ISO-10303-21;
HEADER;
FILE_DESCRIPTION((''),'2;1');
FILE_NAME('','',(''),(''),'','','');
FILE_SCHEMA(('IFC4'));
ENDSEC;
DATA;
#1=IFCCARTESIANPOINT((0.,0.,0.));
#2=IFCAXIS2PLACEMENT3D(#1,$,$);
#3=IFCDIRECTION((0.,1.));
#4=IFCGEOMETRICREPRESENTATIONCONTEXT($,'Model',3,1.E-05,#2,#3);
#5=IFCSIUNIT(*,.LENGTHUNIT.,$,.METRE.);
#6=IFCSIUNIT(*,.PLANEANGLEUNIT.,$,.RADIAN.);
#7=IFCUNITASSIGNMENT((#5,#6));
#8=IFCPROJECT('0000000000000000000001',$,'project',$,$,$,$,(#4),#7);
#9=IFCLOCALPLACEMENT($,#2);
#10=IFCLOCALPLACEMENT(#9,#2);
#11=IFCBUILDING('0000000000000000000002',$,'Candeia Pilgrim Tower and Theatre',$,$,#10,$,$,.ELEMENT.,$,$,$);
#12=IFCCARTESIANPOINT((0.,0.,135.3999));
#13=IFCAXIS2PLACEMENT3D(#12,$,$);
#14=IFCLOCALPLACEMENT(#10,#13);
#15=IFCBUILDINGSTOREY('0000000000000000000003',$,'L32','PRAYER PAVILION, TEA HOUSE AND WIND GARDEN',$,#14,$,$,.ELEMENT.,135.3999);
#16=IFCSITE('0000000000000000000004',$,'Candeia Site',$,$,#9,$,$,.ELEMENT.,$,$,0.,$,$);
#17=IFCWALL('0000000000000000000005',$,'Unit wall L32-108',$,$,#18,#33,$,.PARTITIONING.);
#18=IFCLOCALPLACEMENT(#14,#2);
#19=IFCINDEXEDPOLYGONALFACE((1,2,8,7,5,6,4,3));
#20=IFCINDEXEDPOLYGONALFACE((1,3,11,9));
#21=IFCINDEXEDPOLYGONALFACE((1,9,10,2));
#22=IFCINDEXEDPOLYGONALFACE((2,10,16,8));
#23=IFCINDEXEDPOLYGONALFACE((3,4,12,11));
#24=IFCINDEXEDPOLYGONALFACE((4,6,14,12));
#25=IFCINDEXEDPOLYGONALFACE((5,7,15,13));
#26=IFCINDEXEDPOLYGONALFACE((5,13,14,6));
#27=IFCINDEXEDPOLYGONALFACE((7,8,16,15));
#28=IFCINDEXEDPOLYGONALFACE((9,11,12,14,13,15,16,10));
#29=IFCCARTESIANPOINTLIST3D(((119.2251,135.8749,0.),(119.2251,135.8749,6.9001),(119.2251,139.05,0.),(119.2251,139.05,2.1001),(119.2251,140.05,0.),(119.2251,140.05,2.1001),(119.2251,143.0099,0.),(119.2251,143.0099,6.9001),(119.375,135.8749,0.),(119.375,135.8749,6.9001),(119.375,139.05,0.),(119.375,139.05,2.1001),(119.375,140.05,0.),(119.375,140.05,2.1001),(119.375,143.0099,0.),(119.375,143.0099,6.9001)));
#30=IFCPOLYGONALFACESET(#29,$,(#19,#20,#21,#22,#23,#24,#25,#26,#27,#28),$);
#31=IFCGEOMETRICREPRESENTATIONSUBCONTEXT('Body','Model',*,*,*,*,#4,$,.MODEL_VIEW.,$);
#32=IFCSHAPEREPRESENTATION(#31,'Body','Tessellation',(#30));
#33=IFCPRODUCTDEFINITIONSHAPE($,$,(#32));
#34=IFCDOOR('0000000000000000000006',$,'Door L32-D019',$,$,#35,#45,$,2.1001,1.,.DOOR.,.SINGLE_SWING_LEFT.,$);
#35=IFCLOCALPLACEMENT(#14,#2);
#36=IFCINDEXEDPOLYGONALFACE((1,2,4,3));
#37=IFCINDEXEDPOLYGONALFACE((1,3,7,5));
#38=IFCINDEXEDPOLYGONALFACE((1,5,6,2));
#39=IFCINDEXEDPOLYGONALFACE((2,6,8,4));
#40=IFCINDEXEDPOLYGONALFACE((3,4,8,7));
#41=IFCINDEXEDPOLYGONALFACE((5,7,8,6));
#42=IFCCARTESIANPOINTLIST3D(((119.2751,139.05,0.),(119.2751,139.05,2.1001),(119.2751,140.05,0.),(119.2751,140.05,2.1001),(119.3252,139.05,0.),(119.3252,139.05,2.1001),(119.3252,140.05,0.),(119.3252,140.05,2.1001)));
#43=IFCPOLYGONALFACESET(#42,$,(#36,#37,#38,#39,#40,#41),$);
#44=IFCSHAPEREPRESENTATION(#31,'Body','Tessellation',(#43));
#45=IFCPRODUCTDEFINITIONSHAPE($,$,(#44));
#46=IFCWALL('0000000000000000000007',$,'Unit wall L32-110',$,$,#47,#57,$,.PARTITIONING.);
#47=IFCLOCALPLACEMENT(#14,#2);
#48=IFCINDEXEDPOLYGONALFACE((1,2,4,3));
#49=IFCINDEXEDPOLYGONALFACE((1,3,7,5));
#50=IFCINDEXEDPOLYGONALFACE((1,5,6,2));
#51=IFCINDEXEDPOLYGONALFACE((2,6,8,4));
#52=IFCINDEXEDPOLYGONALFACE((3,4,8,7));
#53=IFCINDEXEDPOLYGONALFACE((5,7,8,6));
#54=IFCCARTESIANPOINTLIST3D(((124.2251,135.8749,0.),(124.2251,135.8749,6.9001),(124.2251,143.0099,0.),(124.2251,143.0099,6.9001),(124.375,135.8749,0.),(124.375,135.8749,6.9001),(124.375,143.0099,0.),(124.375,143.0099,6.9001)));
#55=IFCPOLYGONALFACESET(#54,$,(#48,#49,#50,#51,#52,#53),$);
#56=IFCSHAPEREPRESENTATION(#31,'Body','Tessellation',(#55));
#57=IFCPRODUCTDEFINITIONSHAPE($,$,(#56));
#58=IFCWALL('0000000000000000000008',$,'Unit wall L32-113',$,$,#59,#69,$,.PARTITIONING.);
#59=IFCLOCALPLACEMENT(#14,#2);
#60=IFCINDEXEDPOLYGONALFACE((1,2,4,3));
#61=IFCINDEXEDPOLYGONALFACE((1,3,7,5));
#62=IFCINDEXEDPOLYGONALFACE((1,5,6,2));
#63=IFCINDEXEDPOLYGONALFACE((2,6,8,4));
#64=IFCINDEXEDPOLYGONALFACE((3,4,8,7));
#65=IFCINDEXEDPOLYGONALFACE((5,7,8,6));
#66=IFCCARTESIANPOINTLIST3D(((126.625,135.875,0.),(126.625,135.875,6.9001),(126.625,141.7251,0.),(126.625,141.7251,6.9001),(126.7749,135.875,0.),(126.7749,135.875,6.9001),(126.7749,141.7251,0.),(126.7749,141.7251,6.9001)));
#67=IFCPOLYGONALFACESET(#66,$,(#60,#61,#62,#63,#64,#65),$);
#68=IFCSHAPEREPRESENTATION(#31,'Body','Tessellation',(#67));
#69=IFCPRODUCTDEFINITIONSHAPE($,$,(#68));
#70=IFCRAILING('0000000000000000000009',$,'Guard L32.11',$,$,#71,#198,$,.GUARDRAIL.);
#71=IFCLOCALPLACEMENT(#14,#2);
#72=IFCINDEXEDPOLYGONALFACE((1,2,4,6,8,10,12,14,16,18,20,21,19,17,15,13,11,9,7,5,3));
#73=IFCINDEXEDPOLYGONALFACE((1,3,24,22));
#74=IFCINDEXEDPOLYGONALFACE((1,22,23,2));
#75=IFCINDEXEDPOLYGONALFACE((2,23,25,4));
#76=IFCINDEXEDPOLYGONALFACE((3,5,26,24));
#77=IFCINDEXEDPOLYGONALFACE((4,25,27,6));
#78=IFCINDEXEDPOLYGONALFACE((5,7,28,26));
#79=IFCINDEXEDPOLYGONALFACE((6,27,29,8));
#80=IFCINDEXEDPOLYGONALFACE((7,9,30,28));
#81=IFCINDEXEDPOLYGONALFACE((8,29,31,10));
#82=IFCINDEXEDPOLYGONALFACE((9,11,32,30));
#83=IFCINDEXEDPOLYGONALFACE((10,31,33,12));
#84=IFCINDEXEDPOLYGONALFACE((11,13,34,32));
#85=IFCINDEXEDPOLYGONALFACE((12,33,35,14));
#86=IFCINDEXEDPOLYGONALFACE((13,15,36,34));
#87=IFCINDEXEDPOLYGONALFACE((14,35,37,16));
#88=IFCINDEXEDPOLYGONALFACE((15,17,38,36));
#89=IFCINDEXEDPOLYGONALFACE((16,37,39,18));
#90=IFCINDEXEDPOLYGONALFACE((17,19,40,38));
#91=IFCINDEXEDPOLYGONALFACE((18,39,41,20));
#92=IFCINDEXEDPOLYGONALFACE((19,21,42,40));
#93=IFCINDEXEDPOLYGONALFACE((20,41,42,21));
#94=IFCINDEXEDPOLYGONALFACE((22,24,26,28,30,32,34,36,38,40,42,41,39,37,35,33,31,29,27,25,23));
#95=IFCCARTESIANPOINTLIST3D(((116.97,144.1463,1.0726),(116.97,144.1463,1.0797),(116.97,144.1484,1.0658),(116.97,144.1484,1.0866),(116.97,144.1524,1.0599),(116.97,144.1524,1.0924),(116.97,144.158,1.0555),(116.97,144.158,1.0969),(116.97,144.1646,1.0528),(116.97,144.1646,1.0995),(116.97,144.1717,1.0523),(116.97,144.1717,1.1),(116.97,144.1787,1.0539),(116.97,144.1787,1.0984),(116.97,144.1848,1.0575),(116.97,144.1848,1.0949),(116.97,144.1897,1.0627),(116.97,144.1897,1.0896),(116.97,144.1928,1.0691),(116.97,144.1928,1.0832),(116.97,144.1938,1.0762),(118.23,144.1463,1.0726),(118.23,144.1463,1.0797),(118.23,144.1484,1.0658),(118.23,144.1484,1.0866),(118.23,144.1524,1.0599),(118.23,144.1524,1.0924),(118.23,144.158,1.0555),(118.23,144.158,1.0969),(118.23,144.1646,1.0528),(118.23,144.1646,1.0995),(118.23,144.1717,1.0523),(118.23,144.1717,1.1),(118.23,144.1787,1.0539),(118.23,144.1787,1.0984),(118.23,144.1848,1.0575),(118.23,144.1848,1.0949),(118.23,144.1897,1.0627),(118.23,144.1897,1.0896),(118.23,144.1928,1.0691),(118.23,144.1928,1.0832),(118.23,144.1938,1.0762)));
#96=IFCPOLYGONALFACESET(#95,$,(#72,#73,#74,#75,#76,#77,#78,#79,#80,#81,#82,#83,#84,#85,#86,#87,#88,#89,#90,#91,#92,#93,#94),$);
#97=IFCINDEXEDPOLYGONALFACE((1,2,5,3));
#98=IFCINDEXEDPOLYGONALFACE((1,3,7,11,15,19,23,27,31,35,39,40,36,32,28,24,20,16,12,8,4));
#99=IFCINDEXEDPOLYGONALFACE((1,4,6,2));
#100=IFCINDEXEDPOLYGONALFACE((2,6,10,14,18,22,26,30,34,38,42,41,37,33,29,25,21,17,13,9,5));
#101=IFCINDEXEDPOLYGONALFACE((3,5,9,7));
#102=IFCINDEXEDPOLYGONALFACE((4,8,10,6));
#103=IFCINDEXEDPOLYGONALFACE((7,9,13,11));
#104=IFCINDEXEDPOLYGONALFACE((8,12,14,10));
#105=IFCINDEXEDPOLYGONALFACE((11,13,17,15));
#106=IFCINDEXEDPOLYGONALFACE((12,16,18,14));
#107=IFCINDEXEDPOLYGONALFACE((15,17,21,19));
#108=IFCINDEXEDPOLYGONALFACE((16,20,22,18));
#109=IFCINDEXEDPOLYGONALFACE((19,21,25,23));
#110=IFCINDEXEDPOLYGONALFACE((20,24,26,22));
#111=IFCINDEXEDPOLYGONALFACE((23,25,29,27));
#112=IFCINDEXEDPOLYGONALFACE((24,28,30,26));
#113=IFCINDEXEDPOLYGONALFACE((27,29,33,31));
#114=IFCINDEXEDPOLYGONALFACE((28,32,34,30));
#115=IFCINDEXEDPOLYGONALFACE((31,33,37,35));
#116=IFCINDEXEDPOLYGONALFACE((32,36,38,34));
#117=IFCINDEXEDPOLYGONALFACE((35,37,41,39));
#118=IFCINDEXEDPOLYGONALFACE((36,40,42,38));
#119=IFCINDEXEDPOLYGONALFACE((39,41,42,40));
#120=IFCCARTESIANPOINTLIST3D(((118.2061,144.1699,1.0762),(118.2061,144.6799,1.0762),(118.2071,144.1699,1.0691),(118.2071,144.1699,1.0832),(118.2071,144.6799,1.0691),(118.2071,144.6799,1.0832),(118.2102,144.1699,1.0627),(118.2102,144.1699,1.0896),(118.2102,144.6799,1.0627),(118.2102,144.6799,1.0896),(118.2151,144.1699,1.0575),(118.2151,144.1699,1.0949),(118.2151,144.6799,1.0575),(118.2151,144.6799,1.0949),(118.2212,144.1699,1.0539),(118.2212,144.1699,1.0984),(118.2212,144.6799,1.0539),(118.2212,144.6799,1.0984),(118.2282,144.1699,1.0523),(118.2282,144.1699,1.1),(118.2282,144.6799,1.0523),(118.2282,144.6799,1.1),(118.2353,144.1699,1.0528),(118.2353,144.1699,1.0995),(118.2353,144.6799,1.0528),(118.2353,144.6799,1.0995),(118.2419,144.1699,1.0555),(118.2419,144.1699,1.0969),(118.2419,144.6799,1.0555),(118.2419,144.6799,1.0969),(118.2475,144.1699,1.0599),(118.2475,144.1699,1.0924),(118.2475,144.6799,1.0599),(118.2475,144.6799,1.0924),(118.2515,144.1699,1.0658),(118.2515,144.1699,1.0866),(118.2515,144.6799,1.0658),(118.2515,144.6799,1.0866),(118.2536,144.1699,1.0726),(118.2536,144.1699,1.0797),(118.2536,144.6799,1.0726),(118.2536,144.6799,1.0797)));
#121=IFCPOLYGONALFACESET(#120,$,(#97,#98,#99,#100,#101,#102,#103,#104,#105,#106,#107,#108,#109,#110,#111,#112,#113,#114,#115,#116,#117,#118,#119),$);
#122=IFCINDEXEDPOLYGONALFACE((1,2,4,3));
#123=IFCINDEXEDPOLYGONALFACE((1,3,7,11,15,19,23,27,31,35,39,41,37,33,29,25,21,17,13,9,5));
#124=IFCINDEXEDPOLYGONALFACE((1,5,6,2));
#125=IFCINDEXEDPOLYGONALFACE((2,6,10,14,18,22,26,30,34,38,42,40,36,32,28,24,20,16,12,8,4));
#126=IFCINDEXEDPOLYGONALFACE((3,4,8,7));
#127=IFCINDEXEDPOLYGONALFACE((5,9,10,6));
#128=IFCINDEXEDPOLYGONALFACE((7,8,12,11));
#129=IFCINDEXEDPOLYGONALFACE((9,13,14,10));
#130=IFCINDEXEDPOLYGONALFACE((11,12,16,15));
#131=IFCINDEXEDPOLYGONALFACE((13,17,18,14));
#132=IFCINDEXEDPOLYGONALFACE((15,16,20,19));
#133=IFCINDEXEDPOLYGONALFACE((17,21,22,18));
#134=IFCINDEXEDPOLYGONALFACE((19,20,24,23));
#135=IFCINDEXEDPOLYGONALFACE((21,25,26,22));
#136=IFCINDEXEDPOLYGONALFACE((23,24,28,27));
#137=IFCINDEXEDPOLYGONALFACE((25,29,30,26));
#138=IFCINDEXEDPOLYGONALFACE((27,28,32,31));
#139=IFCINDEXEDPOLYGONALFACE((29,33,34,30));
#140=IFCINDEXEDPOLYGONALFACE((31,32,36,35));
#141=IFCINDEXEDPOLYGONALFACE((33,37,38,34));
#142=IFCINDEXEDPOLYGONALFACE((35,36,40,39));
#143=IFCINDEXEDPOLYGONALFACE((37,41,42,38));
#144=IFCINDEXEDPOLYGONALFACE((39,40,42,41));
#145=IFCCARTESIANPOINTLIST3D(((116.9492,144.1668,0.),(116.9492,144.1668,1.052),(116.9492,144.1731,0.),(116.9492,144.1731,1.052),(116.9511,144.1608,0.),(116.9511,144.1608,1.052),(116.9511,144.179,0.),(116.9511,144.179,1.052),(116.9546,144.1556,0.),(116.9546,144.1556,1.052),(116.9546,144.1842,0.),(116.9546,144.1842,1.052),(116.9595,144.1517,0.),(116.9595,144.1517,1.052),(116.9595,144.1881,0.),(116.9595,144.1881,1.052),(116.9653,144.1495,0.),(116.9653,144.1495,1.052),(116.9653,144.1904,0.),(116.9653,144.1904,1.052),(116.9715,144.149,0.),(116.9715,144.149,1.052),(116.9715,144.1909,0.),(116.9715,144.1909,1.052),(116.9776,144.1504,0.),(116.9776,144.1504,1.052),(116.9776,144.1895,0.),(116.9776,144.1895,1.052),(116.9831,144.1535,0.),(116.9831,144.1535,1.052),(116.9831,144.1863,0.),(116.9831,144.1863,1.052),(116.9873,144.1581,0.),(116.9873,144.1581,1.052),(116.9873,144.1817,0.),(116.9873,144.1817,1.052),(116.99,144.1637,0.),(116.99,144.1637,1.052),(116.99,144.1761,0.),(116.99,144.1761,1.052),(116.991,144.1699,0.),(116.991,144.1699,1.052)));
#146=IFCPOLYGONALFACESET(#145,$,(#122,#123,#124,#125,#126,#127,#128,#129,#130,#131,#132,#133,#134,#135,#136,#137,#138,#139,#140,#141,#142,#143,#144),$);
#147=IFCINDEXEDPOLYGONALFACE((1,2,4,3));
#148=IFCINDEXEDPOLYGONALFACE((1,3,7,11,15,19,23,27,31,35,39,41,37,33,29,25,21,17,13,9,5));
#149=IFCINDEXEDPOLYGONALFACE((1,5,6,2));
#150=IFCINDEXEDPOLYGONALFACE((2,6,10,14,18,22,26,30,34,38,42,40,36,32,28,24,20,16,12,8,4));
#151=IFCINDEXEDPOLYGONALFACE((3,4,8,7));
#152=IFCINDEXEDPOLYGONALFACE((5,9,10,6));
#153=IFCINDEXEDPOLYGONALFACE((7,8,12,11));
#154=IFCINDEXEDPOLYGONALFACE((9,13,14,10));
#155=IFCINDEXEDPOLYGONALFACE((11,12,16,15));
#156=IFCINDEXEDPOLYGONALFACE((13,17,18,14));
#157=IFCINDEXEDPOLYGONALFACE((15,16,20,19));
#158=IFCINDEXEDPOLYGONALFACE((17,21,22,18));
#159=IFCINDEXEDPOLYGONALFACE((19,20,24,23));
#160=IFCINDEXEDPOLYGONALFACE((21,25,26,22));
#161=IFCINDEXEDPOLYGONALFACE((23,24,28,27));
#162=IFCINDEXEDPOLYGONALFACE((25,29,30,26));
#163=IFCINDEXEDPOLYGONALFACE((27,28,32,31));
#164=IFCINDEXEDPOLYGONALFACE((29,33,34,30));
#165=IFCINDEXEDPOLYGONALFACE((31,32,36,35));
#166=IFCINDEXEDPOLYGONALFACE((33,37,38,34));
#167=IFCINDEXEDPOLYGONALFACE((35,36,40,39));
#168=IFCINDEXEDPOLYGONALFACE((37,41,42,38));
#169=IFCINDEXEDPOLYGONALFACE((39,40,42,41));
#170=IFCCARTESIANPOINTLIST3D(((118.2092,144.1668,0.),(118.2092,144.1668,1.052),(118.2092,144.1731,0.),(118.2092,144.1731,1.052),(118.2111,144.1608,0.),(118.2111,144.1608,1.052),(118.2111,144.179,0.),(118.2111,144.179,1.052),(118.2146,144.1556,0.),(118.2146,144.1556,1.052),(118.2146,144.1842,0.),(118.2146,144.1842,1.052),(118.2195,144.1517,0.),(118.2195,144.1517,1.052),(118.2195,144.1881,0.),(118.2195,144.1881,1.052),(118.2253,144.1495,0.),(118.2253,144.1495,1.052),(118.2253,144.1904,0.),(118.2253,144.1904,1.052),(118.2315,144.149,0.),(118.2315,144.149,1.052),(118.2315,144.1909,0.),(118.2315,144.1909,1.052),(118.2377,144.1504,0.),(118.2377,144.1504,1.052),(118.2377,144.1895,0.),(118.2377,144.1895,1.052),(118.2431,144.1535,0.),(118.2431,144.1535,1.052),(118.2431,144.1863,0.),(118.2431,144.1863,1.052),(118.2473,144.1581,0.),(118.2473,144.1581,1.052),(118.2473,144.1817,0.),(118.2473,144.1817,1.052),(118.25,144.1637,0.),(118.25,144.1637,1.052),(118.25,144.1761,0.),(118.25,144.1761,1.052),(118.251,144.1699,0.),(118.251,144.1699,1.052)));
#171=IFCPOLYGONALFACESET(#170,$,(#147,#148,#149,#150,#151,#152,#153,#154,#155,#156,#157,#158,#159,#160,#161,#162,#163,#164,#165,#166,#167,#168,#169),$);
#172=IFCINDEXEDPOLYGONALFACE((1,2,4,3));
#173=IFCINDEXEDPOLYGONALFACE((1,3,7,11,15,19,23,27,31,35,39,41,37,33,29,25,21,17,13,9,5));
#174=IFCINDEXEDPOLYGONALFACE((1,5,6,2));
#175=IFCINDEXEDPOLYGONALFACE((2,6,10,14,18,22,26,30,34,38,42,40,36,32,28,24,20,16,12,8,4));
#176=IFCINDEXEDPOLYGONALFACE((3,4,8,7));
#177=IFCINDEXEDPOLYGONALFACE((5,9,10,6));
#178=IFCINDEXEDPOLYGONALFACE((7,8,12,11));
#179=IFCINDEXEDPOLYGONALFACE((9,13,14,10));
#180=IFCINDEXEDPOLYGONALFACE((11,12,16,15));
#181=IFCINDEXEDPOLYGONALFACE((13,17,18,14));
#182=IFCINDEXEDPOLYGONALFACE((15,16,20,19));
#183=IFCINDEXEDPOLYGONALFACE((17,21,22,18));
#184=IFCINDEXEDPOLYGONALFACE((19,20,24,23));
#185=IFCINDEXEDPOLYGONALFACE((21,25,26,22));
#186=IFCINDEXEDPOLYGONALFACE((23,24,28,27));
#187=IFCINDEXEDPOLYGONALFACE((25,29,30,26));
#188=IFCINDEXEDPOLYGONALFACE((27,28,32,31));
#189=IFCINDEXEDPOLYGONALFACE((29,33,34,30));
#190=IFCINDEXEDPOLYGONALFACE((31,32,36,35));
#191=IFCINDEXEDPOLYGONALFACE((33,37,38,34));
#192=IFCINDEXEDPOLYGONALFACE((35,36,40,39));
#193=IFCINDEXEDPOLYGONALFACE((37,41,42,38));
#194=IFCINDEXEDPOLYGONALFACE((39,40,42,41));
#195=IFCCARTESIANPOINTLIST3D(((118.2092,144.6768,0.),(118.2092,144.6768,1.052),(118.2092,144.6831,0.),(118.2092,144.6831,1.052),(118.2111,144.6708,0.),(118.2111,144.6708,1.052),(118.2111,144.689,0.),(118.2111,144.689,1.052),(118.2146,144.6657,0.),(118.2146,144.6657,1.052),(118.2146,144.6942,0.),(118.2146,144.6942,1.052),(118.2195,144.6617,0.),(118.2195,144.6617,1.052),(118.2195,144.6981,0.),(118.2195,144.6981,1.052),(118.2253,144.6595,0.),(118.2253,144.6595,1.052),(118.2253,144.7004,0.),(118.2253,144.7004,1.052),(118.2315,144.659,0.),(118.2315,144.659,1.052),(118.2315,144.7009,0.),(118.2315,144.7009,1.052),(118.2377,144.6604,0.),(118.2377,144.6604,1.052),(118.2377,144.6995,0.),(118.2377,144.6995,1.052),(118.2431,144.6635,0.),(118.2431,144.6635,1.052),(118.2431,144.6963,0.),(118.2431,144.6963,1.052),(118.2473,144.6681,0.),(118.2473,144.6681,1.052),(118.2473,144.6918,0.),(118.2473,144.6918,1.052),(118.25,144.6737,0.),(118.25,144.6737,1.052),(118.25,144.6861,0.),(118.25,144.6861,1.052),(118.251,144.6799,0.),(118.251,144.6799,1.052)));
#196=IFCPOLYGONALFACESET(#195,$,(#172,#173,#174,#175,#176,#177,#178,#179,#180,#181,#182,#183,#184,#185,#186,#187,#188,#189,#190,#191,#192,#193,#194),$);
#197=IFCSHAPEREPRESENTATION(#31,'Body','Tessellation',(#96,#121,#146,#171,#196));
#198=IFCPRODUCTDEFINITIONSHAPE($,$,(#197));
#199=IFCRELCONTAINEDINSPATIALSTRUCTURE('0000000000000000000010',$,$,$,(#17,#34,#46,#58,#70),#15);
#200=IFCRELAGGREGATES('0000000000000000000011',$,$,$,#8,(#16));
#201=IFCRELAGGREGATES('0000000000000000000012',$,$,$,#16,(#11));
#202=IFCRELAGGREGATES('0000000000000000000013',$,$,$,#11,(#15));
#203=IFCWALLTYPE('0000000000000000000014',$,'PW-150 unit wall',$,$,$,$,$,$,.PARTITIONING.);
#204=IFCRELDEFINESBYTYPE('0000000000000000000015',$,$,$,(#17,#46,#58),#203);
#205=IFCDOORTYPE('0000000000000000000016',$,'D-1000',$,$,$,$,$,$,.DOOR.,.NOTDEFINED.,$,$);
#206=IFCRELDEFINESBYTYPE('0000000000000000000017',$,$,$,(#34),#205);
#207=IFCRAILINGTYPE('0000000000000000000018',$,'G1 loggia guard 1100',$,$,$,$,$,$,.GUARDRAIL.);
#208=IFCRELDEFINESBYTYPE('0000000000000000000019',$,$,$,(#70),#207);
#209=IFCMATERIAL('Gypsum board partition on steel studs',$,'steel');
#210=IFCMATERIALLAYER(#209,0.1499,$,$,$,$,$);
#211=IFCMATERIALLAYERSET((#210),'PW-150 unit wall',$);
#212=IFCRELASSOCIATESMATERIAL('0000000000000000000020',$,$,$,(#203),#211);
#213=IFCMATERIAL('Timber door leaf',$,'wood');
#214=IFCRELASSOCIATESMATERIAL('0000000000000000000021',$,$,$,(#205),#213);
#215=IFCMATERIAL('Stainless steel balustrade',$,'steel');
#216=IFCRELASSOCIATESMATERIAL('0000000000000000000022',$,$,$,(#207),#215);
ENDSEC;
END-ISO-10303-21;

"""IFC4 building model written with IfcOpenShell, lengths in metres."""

from ifc_helpers import new_model, si_unit, direction, frame, frame_2d, origin, origin_2d, place, context, subcontext, project, spatial, rectangle, circle, extrude, material, layer, layer_set, type_object, element, fill, save


model = new_model("IFC4")

# Units and contexts
model_context = context("Model", 3, precision=1e-05, world=origin(), true_north=direction((0.0, 1.0)))
body_context = subcontext(model_context, "Body", "Model", "MODEL_VIEW")
ifc_project = project(units=[si_unit("LENGTHUNIT", "METRE"), si_unit("PLANEANGLEUNIT", "RADIAN")], contexts=[model_context])

# Site, building, storey
site_placement = place(None, origin())
site = spatial("IfcSite", under=ifc_project, at=site_placement, Name="Candeia Site", CompositionType="ELEMENT", RefElevation=0.0)
building_placement = place(site_placement, origin())
building = spatial("IfcBuilding", under=site, at=building_placement, Name="Candeia Pilgrim Tower and Theatre", CompositionType="ELEMENT")
storey_placement = place(building_placement, frame((0.0, 0.0, 135.3999)))
storey = spatial("IfcBuildingStorey", under=building, at=storey_placement, Name="L32", Description="PRAYER PAVILION, TEA HOUSE AND WIND GARDEN", CompositionType="ELEMENT", Elevation=135.3999)

# Shared definitions
ifc_material_1 = material(Name="Gypsum board partition on steel studs", Category="steel")
ifc_layer_1 = layer(ifc_material_1, 0.1499)
ifc_layer_set_1 = layer_set([ifc_layer_1], Name="PW-150 unit wall")
wall_type_1 = type_object("IfcWallType", Name="PW-150 unit wall", PredefinedType="PARTITIONING", material=ifc_layer_set_1)

# Wall, opening, door
wall_1_placement = place(storey_placement, frame((119.3, 135.875, 0.0), z_axis=(0.0, 0.0, 1.0), x_axis=(0.0, 1.0, 0.0)))
wall_1 = element("IfcWall", 1, at=wall_1_placement, inside=storey, type_object=wall_type_1, Name="Unit wall L32-108", PredefinedType="PARTITIONING", context=body_context, shape_type="SweptSolid", body=[
    extrude(rectangle(XDim=7.135, YDim=0.1499, at=frame_2d((3.5674, 0.0))), origin(), (0.0, 0.0, 1.0), 6.9001),
])
opening_1_placement = place(wall_1_placement, frame((3.175, 0.0, 0.0)))
opening_1 = element("IfcOpeningElement", 2, at=opening_1_placement, cuts=wall_1, PredefinedType="OPENING", context=body_context, shape_type="SweptSolid", body=[
    extrude(rectangle(XDim=1.0, YDim=2.1001, at=frame_2d((0.5, 1.05))), frame((0.0, 0.085, 0.0), z_axis=(0.0, -1.0, 0.0), x_axis=(1.0, 0.0, 0.0)), (0.0, 0.0, 1.0), 0.1699),
])
ifc_material_2 = material(Name="Timber door leaf", Category="wood")
door_type_1 = type_object("IfcDoorType", Name="D-1000", OperationType="NOTDEFINED", PredefinedType="DOOR", material=ifc_material_2)
door_1_placement = place(opening_1_placement, origin())
door_1 = element("IfcDoor", 3, at=door_1_placement, inside=storey, type_object=door_type_1, Name="Door L32-D019", OperationType="SINGLE_SWING_LEFT", OverallHeight=2.1001, OverallWidth=1.0, PredefinedType="DOOR", context=body_context, shape_type="SweptSolid", body=[
    extrude(rectangle(XDim=1.0, YDim=2.1001, at=frame_2d((0.5, 1.05))), frame((0.0, 0.0249, 0.0), z_axis=(0.0, -1.0, 0.0), x_axis=(1.0, 0.0, 0.0)), (0.0, 0.0, 1.0), 0.05),
])
fill(opening_1, door_1)

# Walls
wall_2_placement = place(storey_placement, frame((124.3, 135.875, 0.0), z_axis=(0.0, 0.0, 1.0), x_axis=(0.0, 1.0, 0.0)))
element("IfcWall", 4, at=wall_2_placement, inside=storey, type_object=wall_type_1, Name="Unit wall L32-110", PredefinedType="PARTITIONING", context=body_context, shape_type="SweptSolid", body=[
    extrude(rectangle(XDim=7.135, YDim=0.1499, at=frame_2d((3.5674, 0.0))), origin(), (0.0, 0.0, 1.0), 6.9001),
])
wall_3_placement = place(storey_placement, frame((126.7, 135.875, 0.0), z_axis=(0.0, 0.0, 1.0), x_axis=(0.0, 1.0, 0.0)))
element("IfcWall", 5, at=wall_3_placement, inside=storey, type_object=wall_type_1, Name="Unit wall L32-113", PredefinedType="PARTITIONING", context=body_context, shape_type="SweptSolid", body=[
    extrude(rectangle(XDim=5.8501, YDim=0.1499, at=frame_2d((2.925, 0.0))), origin(), (0.0, 0.0, 1.0), 6.9001),
])

# Railing
ifc_material_3 = material(Name="Stainless steel balustrade", Category="steel")
railing_type = type_object("IfcRailingType", Name="G1 loggia guard 1100", PredefinedType="GUARDRAIL", material=ifc_material_3)
railing_1_placement = place(storey_placement, frame((116.97, 144.1699, 0.0)))
element("IfcRailing", 6, at=railing_1_placement, inside=storey, type_object=railing_type, Name="Guard L32.11", PredefinedType="GUARDRAIL", context=body_context, shape_type="SweptSolid", body=[
    extrude(circle(Radius=0.0239, at=origin_2d()), frame((0.0, 0.0, 1.0762), z_axis=(1.0, 0.0, 0.0), x_axis=(0.0, 1.0, 0.0)), (0.0, 0.0, 1.0), 1.26),
    extrude(circle(Radius=0.0239, at=origin_2d()), frame((1.26, 0.0, 1.0762), z_axis=(0.0, 1.0, 0.0), x_axis=(-1.0, 0.0, 0.0)), (0.0, 0.0, 1.0), 0.51),
    extrude(circle(Radius=0.021, at=origin_2d()), origin(), (0.0, 0.0, 1.0), 1.052),
    extrude(circle(Radius=0.021, at=origin_2d()), frame((1.26, 0.0, 0.0)), (0.0, 0.0, 1.0), 1.052),
    extrude(circle(Radius=0.021, at=origin_2d()), frame((1.26, 0.51, 0.0)), (0.0, 0.0, 1.0), 1.052),
])

save(model, "model.ifc")
